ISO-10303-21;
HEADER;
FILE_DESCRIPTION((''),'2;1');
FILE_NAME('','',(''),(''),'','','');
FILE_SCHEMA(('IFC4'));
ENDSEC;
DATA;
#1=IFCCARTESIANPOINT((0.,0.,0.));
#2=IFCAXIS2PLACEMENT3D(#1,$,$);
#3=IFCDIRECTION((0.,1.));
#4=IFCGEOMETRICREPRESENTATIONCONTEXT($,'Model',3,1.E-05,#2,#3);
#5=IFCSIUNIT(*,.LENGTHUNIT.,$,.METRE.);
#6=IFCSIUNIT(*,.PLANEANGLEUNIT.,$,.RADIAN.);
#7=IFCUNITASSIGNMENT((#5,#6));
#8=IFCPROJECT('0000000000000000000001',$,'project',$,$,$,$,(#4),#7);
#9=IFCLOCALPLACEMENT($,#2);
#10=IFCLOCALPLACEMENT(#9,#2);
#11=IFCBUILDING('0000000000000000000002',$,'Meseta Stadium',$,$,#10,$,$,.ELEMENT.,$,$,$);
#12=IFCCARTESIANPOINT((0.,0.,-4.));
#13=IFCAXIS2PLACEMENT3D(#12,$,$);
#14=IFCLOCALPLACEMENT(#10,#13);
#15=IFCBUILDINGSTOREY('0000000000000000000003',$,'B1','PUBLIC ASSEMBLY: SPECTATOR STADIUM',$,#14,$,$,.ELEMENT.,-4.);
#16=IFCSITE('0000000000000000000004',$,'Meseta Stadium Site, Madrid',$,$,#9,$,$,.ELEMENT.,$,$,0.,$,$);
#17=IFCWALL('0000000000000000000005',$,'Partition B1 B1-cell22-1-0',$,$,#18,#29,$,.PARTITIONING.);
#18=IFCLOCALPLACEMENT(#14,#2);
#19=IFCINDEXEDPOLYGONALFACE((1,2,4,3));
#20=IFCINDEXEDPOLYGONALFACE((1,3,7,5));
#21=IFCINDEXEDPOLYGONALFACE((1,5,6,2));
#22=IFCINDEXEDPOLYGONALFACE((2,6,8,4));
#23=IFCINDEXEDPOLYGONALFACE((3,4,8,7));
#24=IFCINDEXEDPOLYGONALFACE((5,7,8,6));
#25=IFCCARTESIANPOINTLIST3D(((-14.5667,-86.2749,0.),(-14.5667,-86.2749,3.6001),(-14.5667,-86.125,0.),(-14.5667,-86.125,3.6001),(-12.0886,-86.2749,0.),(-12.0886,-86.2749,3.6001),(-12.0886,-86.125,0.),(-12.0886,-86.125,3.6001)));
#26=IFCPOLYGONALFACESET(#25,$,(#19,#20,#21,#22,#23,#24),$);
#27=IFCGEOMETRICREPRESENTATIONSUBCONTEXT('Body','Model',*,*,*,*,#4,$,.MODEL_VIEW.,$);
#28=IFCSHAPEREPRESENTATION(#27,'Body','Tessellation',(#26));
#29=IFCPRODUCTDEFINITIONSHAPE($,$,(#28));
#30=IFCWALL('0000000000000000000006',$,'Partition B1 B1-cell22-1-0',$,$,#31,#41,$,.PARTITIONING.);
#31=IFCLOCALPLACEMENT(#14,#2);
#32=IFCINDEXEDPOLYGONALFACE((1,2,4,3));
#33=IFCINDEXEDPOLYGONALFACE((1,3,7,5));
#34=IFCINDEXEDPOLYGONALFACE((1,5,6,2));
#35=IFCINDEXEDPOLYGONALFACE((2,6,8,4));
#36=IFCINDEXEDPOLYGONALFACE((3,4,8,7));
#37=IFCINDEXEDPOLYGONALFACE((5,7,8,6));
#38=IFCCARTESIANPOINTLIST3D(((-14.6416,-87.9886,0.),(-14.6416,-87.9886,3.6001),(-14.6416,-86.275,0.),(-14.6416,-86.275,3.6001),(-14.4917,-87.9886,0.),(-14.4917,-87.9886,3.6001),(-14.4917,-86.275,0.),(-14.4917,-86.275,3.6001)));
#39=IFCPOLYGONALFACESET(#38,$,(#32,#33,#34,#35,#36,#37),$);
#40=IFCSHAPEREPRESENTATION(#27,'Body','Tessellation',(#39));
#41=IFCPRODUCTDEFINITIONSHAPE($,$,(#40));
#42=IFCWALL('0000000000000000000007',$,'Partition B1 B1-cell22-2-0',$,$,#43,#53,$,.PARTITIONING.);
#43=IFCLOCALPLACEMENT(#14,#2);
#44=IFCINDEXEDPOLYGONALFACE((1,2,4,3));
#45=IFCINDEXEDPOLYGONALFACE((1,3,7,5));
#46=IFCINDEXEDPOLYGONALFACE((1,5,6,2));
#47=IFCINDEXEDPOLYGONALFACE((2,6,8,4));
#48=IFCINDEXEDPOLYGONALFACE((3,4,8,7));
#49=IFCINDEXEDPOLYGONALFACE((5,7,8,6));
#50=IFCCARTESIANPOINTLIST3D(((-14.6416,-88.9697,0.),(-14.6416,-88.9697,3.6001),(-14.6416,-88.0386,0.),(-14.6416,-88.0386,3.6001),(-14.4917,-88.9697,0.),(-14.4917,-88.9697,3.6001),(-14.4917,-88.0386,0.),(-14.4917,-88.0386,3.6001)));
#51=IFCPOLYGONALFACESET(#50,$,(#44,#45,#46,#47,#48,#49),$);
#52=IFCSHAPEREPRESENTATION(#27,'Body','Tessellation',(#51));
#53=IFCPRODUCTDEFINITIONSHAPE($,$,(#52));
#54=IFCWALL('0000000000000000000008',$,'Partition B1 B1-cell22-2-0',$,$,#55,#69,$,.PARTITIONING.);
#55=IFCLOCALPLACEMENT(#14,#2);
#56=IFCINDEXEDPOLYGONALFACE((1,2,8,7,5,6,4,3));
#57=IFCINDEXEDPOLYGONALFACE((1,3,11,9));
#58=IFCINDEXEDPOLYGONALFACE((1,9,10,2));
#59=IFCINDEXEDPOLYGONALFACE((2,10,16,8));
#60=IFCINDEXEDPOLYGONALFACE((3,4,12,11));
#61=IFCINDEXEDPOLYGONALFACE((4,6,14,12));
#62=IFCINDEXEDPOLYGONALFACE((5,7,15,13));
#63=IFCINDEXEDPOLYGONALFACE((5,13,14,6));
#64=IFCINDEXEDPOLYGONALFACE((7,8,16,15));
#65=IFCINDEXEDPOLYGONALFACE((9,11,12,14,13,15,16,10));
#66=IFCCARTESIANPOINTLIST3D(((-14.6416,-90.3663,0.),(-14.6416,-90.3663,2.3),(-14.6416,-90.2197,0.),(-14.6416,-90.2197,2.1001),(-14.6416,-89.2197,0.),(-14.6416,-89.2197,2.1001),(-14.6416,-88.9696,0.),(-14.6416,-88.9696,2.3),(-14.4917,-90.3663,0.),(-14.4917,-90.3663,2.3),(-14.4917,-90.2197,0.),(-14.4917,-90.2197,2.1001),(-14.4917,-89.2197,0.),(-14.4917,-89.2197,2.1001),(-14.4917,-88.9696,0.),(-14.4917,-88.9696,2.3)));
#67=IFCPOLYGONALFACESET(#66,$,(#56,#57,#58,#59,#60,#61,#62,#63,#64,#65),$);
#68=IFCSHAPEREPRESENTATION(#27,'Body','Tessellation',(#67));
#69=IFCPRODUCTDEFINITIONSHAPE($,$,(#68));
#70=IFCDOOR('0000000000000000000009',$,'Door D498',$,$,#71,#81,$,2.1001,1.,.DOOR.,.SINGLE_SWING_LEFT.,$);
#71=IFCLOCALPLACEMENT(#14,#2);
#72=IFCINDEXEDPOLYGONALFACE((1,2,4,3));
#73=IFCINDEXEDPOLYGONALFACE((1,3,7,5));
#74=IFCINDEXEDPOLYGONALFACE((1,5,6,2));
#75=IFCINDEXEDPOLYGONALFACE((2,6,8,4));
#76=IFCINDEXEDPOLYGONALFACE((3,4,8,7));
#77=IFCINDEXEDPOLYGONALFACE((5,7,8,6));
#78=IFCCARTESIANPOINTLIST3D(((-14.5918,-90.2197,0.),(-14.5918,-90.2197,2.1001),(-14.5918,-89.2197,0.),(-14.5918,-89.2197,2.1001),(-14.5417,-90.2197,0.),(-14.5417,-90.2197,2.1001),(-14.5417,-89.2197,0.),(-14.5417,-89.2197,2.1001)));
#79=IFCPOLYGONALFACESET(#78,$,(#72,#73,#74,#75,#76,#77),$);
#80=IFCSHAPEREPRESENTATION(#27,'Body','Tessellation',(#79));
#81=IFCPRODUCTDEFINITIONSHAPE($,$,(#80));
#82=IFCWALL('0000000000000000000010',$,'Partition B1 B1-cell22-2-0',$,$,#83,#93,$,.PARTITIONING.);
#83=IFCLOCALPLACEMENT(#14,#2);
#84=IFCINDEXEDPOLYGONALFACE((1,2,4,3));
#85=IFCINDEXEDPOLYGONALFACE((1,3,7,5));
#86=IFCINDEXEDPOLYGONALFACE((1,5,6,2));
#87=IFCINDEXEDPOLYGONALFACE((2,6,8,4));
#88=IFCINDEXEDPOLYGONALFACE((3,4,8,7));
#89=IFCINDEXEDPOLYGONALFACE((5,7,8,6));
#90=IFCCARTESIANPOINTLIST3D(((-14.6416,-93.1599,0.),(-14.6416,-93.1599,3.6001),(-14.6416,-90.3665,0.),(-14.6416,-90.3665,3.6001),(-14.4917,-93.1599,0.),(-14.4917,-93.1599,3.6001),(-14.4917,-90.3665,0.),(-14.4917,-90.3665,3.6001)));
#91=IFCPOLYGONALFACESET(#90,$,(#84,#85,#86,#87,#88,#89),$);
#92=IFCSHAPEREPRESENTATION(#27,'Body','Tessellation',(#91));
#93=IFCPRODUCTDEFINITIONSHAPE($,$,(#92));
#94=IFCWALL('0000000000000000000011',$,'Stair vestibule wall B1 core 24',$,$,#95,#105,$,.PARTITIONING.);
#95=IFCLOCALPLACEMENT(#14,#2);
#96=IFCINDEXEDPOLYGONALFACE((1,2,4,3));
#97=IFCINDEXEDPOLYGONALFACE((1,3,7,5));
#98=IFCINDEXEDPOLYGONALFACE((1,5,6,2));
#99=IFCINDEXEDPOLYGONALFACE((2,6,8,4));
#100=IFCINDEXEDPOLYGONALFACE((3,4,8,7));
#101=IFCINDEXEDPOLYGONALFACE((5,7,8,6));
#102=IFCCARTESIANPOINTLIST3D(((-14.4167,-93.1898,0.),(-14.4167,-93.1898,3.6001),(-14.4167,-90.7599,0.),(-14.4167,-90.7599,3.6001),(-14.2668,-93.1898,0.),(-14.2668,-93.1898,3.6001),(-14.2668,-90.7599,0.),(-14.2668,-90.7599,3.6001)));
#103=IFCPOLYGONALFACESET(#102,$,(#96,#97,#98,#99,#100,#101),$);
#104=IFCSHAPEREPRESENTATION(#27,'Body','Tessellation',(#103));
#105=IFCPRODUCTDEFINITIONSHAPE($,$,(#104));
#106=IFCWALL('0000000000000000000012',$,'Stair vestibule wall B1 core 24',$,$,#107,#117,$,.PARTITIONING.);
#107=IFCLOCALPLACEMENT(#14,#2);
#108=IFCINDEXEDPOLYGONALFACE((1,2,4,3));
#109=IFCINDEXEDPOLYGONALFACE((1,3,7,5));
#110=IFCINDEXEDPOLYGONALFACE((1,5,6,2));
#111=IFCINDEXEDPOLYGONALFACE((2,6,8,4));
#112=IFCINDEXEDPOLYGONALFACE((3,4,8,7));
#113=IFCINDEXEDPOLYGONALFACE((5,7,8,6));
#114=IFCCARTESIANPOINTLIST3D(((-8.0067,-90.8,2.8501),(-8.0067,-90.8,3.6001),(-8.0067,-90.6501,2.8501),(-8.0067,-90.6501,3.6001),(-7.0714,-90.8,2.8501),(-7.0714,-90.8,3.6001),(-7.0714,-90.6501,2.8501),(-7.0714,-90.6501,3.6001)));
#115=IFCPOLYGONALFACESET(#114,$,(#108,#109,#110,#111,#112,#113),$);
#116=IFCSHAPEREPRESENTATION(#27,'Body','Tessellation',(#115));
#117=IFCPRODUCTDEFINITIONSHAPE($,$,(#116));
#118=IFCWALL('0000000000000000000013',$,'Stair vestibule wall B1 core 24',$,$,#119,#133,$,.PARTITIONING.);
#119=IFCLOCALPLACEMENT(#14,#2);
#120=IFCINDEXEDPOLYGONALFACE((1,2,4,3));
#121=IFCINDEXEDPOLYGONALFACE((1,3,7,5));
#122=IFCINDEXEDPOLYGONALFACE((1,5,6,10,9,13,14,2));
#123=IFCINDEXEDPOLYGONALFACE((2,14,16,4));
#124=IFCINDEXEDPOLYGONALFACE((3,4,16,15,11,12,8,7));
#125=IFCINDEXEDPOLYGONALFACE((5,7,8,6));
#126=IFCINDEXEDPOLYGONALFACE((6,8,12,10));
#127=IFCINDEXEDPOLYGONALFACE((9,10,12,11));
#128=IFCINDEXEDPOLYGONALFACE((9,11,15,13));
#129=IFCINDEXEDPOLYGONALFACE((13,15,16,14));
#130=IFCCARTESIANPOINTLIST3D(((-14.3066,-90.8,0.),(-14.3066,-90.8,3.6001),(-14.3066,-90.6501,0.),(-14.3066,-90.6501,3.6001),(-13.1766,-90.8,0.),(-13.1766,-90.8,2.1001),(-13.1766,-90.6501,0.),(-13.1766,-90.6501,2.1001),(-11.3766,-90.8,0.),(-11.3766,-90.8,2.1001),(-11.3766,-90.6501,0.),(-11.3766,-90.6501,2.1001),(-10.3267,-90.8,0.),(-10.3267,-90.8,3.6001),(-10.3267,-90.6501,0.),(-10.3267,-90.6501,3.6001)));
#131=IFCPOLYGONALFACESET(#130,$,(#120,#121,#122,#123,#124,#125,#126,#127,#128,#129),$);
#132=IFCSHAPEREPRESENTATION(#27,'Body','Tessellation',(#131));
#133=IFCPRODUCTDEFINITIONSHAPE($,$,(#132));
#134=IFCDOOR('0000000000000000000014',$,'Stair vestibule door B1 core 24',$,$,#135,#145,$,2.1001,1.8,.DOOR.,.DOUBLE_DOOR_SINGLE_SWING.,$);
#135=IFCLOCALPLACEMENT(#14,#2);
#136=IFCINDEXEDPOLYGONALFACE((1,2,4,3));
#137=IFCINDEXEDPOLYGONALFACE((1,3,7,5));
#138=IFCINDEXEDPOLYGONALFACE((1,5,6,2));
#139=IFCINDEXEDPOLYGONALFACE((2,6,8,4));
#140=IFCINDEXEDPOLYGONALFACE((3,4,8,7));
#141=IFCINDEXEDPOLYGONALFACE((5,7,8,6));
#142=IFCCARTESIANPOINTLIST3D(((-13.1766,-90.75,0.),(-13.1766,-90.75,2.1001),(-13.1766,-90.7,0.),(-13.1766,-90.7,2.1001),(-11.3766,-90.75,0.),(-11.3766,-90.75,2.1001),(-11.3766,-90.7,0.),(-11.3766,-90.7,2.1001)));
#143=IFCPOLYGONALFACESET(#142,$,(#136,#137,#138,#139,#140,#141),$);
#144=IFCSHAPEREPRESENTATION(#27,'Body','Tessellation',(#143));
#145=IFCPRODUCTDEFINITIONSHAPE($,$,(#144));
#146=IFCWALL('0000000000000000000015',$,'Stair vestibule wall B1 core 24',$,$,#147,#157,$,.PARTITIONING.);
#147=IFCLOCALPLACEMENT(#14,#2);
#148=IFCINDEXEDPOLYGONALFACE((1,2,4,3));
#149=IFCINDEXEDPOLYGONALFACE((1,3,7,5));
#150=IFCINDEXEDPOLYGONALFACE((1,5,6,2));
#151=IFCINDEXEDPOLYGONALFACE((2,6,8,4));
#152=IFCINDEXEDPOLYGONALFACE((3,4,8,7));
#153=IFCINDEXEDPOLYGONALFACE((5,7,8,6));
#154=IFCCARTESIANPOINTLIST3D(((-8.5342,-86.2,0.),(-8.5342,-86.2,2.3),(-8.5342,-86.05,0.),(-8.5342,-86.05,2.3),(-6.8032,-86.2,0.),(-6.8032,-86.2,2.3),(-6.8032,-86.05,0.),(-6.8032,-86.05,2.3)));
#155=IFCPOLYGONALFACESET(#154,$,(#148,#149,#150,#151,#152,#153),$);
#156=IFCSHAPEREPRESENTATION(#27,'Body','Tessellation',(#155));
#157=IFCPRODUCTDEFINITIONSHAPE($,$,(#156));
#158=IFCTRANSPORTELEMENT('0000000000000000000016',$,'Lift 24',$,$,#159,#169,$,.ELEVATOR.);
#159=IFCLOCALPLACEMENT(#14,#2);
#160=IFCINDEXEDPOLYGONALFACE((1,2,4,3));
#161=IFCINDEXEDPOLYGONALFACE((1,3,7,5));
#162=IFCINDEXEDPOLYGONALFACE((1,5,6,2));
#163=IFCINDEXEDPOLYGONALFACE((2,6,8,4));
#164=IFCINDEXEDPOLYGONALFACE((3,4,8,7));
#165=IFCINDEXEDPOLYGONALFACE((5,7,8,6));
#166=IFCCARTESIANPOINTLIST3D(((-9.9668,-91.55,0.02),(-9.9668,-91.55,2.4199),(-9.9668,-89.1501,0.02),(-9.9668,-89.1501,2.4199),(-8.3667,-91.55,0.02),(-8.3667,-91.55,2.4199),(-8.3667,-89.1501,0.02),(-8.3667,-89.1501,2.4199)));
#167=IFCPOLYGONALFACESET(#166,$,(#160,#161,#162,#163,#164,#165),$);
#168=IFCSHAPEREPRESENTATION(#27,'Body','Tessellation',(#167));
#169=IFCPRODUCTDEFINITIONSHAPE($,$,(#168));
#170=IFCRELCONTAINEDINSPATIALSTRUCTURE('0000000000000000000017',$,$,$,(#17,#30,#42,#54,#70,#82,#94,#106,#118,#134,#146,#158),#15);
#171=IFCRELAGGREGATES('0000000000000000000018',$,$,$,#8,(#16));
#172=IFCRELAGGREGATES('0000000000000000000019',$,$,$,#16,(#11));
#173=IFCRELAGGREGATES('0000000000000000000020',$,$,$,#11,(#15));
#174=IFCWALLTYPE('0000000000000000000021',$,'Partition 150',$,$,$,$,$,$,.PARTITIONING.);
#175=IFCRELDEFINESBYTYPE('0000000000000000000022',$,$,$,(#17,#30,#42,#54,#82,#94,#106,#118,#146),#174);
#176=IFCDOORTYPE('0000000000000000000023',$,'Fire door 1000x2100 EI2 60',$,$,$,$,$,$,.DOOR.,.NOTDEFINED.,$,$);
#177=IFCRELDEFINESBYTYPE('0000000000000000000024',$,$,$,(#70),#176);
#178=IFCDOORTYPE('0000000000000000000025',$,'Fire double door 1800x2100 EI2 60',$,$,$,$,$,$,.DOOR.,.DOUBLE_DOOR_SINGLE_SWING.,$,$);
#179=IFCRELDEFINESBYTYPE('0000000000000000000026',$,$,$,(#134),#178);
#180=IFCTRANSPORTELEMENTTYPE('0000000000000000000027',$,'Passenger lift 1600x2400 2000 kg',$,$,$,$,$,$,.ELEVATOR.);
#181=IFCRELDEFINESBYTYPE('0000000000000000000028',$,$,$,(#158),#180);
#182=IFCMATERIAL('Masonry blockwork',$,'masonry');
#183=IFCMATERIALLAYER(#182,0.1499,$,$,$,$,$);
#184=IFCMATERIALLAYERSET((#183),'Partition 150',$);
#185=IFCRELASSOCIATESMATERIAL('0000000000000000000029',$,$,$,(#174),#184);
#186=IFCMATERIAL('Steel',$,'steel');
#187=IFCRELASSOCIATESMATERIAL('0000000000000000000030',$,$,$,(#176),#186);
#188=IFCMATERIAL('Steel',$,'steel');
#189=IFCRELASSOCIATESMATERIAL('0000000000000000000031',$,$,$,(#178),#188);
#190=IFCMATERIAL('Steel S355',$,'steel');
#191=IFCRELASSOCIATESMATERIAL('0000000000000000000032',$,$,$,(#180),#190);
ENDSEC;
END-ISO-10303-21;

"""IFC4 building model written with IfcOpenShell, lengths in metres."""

from ifc_helpers import new_model, si_unit, direction, frame, frame_2d, origin, origin_2d, place, context, subcontext, project, spatial, rectangle, extrude, material, layer, layer_set, type_object, element, fill, save


model = new_model("IFC4")

# Units and contexts
model_context = context("Model", 3, precision=1e-05, world=origin(), true_north=direction((0.0, 1.0)))
body_context = subcontext(model_context, "Body", "Model", "MODEL_VIEW")
ifc_project = project(units=[si_unit("LENGTHUNIT", "METRE"), si_unit("PLANEANGLEUNIT", "RADIAN")], contexts=[model_context])

# Site, building, storey
site_placement = place(None, origin())
site = spatial("IfcSite", under=ifc_project, at=site_placement, Name="Meseta Stadium Site, Madrid", CompositionType="ELEMENT", RefElevation=0.0)
building_placement = place(site_placement, origin())
building = spatial("IfcBuilding", under=site, at=building_placement, Name="Meseta Stadium", CompositionType="ELEMENT")
storey_placement = place(building_placement, frame((0.0, 0.0, -4.0)))
storey = spatial("IfcBuildingStorey", under=building, at=storey_placement, Name="B1", Description="PUBLIC ASSEMBLY: SPECTATOR STADIUM", CompositionType="ELEMENT", Elevation=-4.0)

# Walls
ifc_material_1 = material(Name="Masonry blockwork", Category="masonry")
ifc_layer_1 = layer(ifc_material_1, 0.1499)
ifc_layer_set_1 = layer_set([ifc_layer_1], Name="Partition 150")
wall_type_1 = type_object("IfcWallType", Name="Partition 150", PredefinedType="PARTITIONING", material=ifc_layer_set_1)
wall_1_placement = place(storey_placement, frame((-12.0886, -86.2, 0.0), z_axis=(0.0, 0.0, 1.0), x_axis=(-1.0, 0.0, 0.0)))
element("IfcWall", 1, at=wall_1_placement, inside=storey, type_object=wall_type_1, Name="Partition B1 B1-cell22-1-0", PredefinedType="PARTITIONING", context=body_context, shape_type="SweptSolid", body=[
    extrude(rectangle(XDim=2.478, YDim=0.1499, at=frame_2d((1.239, 0.0))), origin(), (0.0, 0.0, 1.0), 3.6001),
])
wall_2_placement = place(storey_placement, frame((-14.5667, -86.2749, 0.0), z_axis=(0.0, 0.0, 1.0), x_axis=(0.0, -1.0, 0.0)))
element("IfcWall", 2, at=wall_2_placement, inside=storey, type_object=wall_type_1, Name="Partition B1 B1-cell22-1-0", PredefinedType="PARTITIONING", context=body_context, shape_type="SweptSolid", body=[
    extrude(rectangle(XDim=1.7136, YDim=0.1499, at=frame_2d((0.8569, 0.0))), origin(), (0.0, 0.0, 1.0), 3.6001),
])
wall_3_placement = place(storey_placement, frame((-14.5667, -88.0386, 0.0), z_axis=(0.0, 0.0, 1.0), x_axis=(0.0, -1.0, 0.0)))
element("IfcWall", 3, at=wall_3_placement, inside=storey, type_object=wall_type_1, Name="Partition B1 B1-cell22-2-0", PredefinedType="PARTITIONING", context=body_context, shape_type="SweptSolid", body=[
    extrude(rectangle(XDim=0.9312, YDim=0.1499, at=frame_2d((0.4656, 0.0))), origin(), (0.0, 0.0, 1.0), 3.6001),
])

# Wall, opening, door
wall_4_placement = place(storey_placement, frame((-14.5667, -88.9697, 0.0), z_axis=(0.0, 0.0, 1.0), x_axis=(0.0, -1.0, 0.0)))
wall_4 = element("IfcWall", 4, at=wall_4_placement, inside=storey, type_object=wall_type_1, Name="Partition B1 B1-cell22-2-0", PredefinedType="PARTITIONING", context=body_context, shape_type="SweptSolid", body=[
    extrude(rectangle(XDim=1.3967, YDim=0.1499, at=frame_2d((0.6982, 0.0))), origin(), (0.0, 0.0, 1.0), 2.3),
])
opening_1_placement = place(wall_4_placement, frame((0.25, 0.0, 0.0)))
opening_1 = element("IfcOpeningElement", 5, at=opening_1_placement, cuts=wall_4, PredefinedType="OPENING", context=body_context, shape_type="SweptSolid", body=[
    extrude(rectangle(XDim=1.0, YDim=2.1001, at=frame_2d((0.5, 1.05))), frame((0.0, 0.085, 0.0), z_axis=(0.0, -1.0, 0.0), x_axis=(1.0, 0.0, 0.0)), (0.0, 0.0, 1.0), 0.1699),
])
ifc_material_2 = material(Name="Steel", Category="steel")
door_type_1 = type_object("IfcDoorType", Name="Fire door 1000x2100 EI2 60", OperationType="NOTDEFINED", PredefinedType="DOOR", material=ifc_material_2)
door_1_placement = place(opening_1_placement, origin())
door_1 = element("IfcDoor", 6, at=door_1_placement, inside=storey, type_object=door_type_1, Name="Door D498", OperationType="SINGLE_SWING_LEFT", OverallHeight=2.1001, OverallWidth=1.0, PredefinedType="DOOR", context=body_context, shape_type="SweptSolid", body=[
    extrude(rectangle(XDim=1.0, YDim=2.1001, at=frame_2d((0.5, 1.05))), frame((0.0, 0.0249, 0.0), z_axis=(0.0, -1.0, 0.0), x_axis=(1.0, 0.0, 0.0)), (0.0, 0.0, 1.0), 0.05),
])
fill(opening_1, door_1)

# Walls
wall_5_placement = place(storey_placement, frame((-14.5667, -90.3665, 0.0), z_axis=(0.0, 0.0, 1.0), x_axis=(0.0, -1.0, 0.0)))
element("IfcWall", 7, at=wall_5_placement, inside=storey, type_object=wall_type_1, Name="Partition B1 B1-cell22-2-0", PredefinedType="PARTITIONING", context=body_context, shape_type="SweptSolid", body=[
    extrude(rectangle(XDim=2.7935, YDim=0.1499, at=frame_2d((1.3967, 0.0))), origin(), (0.0, 0.0, 1.0), 3.6001),
])
wall_6_placement = place(storey_placement, frame((-14.3418, -90.76, 0.0), z_axis=(0.0, 0.0, 1.0), x_axis=(0.0, -1.0, 0.0)))
element("IfcWall", 8, at=wall_6_placement, inside=storey, type_object=wall_type_1, Name="Stair vestibule wall B1 core 24", PredefinedType="PARTITIONING", context=body_context, shape_type="SweptSolid", body=[
    extrude(rectangle(XDim=2.4299, YDim=0.1499, at=frame_2d((1.2148, 0.0))), origin(), (0.0, 0.0, 1.0), 3.6001),
])
wall_7_placement = place(storey_placement, frame((-7.0713, -90.7251, 2.8501), z_axis=(0.0, 0.0, 1.0), x_axis=(-1.0, 0.0, 0.0)))
element("IfcWall", 9, at=wall_7_placement, inside=storey, type_object=wall_type_1, Name="Stair vestibule wall B1 core 24", PredefinedType="PARTITIONING", context=body_context, shape_type="SweptSolid", body=[
    extrude(rectangle(XDim=0.9353, YDim=0.1499, at=frame_2d((0.4678, 0.0))), origin(), (0.0, 0.0, 1.0), 0.75),
])

# Wall, opening, door
wall_8_placement = place(storey_placement, frame((-10.3267, -90.7251, 0.0), z_axis=(0.0, 0.0, 1.0), x_axis=(-1.0, 0.0, 0.0)))
wall_8 = element("IfcWall", 10, at=wall_8_placement, inside=storey, type_object=wall_type_1, Name="Stair vestibule wall B1 core 24", PredefinedType="PARTITIONING", context=body_context, shape_type="SweptSolid", body=[
    extrude(rectangle(XDim=3.98, YDim=0.1499, at=frame_2d((1.99, 0.0))), origin(), (0.0, 0.0, 1.0), 3.6001),
])
opening_2_placement = place(wall_8_placement, frame((1.05, 0.0, 0.0)))
opening_2 = element("IfcOpeningElement", 11, at=opening_2_placement, cuts=wall_8, PredefinedType="OPENING", context=body_context, shape_type="SweptSolid", body=[
    extrude(rectangle(XDim=1.8, YDim=2.1001, at=frame_2d((0.8999, 1.05))), frame((0.0, 0.085, 0.0), z_axis=(0.0, -1.0, 0.0), x_axis=(1.0, 0.0, 0.0)), (0.0, 0.0, 1.0), 0.1699),
])
ifc_material_3 = material(Name="Steel", Category="steel")
door_type_2 = type_object("IfcDoorType", Name="Fire double door 1800x2100 EI2 60", OperationType="DOUBLE_DOOR_SINGLE_SWING", PredefinedType="DOOR", material=ifc_material_3)
door_2_placement = place(opening_2_placement, origin())
door_2 = element("IfcDoor", 12, at=door_2_placement, inside=storey, type_object=door_type_2, Name="Stair vestibule door B1 core 24", OperationType="DOUBLE_DOOR_SINGLE_SWING", OverallHeight=2.1001, OverallWidth=1.8, PredefinedType="DOOR", context=body_context, shape_type="SweptSolid", body=[
    extrude(rectangle(XDim=1.8, YDim=2.1001, at=frame_2d((0.8999, 1.05))), frame((0.0, 0.0249, 0.0), z_axis=(0.0, -1.0, 0.0), x_axis=(1.0, 0.0, 0.0)), (0.0, 0.0, 1.0), 0.05),
])
fill(opening_2, door_2)

# Wall
wall_9_placement = place(storey_placement, frame((-6.8032, -86.125, 0.0), z_axis=(0.0, 0.0, 1.0), x_axis=(-1.0, 0.0, 0.0)))
element("IfcWall", 13, at=wall_9_placement, inside=storey, type_object=wall_type_1, Name="Stair vestibule wall B1 core 24", PredefinedType="PARTITIONING", context=body_context, shape_type="SweptSolid", body=[
    extrude(rectangle(XDim=1.731, YDim=0.1499, at=frame_2d((0.8655, 0.0))), origin(), (0.0, 0.0, 1.0), 2.3),
])

# Transport element
ifc_material_4 = material(Name="Steel S355", Category="steel")
transport_element_type = type_object("IfcTransportElementType", Name="Passenger lift 1600x2400 2000 kg", PredefinedType="ELEVATOR", material=ifc_material_4)
transport_element_placement = place(storey_placement, frame((-9.1667, -90.3501, 0.02), z_axis=(0.0, 0.0, 1.0), x_axis=(0.0, 1.0, 0.0)))
element("IfcTransportElement", 14, at=transport_element_placement, inside=storey, type_object=transport_element_type, Name="Lift 24", PredefinedType="ELEVATOR", context=body_context, shape_type="SweptSolid", body=[
    extrude(rectangle(XDim=2.3999, YDim=1.6001, at=origin_2d()), origin(), (0.0, 0.0, 1.0), 2.3999),
])

save(model, "model.ifc")
